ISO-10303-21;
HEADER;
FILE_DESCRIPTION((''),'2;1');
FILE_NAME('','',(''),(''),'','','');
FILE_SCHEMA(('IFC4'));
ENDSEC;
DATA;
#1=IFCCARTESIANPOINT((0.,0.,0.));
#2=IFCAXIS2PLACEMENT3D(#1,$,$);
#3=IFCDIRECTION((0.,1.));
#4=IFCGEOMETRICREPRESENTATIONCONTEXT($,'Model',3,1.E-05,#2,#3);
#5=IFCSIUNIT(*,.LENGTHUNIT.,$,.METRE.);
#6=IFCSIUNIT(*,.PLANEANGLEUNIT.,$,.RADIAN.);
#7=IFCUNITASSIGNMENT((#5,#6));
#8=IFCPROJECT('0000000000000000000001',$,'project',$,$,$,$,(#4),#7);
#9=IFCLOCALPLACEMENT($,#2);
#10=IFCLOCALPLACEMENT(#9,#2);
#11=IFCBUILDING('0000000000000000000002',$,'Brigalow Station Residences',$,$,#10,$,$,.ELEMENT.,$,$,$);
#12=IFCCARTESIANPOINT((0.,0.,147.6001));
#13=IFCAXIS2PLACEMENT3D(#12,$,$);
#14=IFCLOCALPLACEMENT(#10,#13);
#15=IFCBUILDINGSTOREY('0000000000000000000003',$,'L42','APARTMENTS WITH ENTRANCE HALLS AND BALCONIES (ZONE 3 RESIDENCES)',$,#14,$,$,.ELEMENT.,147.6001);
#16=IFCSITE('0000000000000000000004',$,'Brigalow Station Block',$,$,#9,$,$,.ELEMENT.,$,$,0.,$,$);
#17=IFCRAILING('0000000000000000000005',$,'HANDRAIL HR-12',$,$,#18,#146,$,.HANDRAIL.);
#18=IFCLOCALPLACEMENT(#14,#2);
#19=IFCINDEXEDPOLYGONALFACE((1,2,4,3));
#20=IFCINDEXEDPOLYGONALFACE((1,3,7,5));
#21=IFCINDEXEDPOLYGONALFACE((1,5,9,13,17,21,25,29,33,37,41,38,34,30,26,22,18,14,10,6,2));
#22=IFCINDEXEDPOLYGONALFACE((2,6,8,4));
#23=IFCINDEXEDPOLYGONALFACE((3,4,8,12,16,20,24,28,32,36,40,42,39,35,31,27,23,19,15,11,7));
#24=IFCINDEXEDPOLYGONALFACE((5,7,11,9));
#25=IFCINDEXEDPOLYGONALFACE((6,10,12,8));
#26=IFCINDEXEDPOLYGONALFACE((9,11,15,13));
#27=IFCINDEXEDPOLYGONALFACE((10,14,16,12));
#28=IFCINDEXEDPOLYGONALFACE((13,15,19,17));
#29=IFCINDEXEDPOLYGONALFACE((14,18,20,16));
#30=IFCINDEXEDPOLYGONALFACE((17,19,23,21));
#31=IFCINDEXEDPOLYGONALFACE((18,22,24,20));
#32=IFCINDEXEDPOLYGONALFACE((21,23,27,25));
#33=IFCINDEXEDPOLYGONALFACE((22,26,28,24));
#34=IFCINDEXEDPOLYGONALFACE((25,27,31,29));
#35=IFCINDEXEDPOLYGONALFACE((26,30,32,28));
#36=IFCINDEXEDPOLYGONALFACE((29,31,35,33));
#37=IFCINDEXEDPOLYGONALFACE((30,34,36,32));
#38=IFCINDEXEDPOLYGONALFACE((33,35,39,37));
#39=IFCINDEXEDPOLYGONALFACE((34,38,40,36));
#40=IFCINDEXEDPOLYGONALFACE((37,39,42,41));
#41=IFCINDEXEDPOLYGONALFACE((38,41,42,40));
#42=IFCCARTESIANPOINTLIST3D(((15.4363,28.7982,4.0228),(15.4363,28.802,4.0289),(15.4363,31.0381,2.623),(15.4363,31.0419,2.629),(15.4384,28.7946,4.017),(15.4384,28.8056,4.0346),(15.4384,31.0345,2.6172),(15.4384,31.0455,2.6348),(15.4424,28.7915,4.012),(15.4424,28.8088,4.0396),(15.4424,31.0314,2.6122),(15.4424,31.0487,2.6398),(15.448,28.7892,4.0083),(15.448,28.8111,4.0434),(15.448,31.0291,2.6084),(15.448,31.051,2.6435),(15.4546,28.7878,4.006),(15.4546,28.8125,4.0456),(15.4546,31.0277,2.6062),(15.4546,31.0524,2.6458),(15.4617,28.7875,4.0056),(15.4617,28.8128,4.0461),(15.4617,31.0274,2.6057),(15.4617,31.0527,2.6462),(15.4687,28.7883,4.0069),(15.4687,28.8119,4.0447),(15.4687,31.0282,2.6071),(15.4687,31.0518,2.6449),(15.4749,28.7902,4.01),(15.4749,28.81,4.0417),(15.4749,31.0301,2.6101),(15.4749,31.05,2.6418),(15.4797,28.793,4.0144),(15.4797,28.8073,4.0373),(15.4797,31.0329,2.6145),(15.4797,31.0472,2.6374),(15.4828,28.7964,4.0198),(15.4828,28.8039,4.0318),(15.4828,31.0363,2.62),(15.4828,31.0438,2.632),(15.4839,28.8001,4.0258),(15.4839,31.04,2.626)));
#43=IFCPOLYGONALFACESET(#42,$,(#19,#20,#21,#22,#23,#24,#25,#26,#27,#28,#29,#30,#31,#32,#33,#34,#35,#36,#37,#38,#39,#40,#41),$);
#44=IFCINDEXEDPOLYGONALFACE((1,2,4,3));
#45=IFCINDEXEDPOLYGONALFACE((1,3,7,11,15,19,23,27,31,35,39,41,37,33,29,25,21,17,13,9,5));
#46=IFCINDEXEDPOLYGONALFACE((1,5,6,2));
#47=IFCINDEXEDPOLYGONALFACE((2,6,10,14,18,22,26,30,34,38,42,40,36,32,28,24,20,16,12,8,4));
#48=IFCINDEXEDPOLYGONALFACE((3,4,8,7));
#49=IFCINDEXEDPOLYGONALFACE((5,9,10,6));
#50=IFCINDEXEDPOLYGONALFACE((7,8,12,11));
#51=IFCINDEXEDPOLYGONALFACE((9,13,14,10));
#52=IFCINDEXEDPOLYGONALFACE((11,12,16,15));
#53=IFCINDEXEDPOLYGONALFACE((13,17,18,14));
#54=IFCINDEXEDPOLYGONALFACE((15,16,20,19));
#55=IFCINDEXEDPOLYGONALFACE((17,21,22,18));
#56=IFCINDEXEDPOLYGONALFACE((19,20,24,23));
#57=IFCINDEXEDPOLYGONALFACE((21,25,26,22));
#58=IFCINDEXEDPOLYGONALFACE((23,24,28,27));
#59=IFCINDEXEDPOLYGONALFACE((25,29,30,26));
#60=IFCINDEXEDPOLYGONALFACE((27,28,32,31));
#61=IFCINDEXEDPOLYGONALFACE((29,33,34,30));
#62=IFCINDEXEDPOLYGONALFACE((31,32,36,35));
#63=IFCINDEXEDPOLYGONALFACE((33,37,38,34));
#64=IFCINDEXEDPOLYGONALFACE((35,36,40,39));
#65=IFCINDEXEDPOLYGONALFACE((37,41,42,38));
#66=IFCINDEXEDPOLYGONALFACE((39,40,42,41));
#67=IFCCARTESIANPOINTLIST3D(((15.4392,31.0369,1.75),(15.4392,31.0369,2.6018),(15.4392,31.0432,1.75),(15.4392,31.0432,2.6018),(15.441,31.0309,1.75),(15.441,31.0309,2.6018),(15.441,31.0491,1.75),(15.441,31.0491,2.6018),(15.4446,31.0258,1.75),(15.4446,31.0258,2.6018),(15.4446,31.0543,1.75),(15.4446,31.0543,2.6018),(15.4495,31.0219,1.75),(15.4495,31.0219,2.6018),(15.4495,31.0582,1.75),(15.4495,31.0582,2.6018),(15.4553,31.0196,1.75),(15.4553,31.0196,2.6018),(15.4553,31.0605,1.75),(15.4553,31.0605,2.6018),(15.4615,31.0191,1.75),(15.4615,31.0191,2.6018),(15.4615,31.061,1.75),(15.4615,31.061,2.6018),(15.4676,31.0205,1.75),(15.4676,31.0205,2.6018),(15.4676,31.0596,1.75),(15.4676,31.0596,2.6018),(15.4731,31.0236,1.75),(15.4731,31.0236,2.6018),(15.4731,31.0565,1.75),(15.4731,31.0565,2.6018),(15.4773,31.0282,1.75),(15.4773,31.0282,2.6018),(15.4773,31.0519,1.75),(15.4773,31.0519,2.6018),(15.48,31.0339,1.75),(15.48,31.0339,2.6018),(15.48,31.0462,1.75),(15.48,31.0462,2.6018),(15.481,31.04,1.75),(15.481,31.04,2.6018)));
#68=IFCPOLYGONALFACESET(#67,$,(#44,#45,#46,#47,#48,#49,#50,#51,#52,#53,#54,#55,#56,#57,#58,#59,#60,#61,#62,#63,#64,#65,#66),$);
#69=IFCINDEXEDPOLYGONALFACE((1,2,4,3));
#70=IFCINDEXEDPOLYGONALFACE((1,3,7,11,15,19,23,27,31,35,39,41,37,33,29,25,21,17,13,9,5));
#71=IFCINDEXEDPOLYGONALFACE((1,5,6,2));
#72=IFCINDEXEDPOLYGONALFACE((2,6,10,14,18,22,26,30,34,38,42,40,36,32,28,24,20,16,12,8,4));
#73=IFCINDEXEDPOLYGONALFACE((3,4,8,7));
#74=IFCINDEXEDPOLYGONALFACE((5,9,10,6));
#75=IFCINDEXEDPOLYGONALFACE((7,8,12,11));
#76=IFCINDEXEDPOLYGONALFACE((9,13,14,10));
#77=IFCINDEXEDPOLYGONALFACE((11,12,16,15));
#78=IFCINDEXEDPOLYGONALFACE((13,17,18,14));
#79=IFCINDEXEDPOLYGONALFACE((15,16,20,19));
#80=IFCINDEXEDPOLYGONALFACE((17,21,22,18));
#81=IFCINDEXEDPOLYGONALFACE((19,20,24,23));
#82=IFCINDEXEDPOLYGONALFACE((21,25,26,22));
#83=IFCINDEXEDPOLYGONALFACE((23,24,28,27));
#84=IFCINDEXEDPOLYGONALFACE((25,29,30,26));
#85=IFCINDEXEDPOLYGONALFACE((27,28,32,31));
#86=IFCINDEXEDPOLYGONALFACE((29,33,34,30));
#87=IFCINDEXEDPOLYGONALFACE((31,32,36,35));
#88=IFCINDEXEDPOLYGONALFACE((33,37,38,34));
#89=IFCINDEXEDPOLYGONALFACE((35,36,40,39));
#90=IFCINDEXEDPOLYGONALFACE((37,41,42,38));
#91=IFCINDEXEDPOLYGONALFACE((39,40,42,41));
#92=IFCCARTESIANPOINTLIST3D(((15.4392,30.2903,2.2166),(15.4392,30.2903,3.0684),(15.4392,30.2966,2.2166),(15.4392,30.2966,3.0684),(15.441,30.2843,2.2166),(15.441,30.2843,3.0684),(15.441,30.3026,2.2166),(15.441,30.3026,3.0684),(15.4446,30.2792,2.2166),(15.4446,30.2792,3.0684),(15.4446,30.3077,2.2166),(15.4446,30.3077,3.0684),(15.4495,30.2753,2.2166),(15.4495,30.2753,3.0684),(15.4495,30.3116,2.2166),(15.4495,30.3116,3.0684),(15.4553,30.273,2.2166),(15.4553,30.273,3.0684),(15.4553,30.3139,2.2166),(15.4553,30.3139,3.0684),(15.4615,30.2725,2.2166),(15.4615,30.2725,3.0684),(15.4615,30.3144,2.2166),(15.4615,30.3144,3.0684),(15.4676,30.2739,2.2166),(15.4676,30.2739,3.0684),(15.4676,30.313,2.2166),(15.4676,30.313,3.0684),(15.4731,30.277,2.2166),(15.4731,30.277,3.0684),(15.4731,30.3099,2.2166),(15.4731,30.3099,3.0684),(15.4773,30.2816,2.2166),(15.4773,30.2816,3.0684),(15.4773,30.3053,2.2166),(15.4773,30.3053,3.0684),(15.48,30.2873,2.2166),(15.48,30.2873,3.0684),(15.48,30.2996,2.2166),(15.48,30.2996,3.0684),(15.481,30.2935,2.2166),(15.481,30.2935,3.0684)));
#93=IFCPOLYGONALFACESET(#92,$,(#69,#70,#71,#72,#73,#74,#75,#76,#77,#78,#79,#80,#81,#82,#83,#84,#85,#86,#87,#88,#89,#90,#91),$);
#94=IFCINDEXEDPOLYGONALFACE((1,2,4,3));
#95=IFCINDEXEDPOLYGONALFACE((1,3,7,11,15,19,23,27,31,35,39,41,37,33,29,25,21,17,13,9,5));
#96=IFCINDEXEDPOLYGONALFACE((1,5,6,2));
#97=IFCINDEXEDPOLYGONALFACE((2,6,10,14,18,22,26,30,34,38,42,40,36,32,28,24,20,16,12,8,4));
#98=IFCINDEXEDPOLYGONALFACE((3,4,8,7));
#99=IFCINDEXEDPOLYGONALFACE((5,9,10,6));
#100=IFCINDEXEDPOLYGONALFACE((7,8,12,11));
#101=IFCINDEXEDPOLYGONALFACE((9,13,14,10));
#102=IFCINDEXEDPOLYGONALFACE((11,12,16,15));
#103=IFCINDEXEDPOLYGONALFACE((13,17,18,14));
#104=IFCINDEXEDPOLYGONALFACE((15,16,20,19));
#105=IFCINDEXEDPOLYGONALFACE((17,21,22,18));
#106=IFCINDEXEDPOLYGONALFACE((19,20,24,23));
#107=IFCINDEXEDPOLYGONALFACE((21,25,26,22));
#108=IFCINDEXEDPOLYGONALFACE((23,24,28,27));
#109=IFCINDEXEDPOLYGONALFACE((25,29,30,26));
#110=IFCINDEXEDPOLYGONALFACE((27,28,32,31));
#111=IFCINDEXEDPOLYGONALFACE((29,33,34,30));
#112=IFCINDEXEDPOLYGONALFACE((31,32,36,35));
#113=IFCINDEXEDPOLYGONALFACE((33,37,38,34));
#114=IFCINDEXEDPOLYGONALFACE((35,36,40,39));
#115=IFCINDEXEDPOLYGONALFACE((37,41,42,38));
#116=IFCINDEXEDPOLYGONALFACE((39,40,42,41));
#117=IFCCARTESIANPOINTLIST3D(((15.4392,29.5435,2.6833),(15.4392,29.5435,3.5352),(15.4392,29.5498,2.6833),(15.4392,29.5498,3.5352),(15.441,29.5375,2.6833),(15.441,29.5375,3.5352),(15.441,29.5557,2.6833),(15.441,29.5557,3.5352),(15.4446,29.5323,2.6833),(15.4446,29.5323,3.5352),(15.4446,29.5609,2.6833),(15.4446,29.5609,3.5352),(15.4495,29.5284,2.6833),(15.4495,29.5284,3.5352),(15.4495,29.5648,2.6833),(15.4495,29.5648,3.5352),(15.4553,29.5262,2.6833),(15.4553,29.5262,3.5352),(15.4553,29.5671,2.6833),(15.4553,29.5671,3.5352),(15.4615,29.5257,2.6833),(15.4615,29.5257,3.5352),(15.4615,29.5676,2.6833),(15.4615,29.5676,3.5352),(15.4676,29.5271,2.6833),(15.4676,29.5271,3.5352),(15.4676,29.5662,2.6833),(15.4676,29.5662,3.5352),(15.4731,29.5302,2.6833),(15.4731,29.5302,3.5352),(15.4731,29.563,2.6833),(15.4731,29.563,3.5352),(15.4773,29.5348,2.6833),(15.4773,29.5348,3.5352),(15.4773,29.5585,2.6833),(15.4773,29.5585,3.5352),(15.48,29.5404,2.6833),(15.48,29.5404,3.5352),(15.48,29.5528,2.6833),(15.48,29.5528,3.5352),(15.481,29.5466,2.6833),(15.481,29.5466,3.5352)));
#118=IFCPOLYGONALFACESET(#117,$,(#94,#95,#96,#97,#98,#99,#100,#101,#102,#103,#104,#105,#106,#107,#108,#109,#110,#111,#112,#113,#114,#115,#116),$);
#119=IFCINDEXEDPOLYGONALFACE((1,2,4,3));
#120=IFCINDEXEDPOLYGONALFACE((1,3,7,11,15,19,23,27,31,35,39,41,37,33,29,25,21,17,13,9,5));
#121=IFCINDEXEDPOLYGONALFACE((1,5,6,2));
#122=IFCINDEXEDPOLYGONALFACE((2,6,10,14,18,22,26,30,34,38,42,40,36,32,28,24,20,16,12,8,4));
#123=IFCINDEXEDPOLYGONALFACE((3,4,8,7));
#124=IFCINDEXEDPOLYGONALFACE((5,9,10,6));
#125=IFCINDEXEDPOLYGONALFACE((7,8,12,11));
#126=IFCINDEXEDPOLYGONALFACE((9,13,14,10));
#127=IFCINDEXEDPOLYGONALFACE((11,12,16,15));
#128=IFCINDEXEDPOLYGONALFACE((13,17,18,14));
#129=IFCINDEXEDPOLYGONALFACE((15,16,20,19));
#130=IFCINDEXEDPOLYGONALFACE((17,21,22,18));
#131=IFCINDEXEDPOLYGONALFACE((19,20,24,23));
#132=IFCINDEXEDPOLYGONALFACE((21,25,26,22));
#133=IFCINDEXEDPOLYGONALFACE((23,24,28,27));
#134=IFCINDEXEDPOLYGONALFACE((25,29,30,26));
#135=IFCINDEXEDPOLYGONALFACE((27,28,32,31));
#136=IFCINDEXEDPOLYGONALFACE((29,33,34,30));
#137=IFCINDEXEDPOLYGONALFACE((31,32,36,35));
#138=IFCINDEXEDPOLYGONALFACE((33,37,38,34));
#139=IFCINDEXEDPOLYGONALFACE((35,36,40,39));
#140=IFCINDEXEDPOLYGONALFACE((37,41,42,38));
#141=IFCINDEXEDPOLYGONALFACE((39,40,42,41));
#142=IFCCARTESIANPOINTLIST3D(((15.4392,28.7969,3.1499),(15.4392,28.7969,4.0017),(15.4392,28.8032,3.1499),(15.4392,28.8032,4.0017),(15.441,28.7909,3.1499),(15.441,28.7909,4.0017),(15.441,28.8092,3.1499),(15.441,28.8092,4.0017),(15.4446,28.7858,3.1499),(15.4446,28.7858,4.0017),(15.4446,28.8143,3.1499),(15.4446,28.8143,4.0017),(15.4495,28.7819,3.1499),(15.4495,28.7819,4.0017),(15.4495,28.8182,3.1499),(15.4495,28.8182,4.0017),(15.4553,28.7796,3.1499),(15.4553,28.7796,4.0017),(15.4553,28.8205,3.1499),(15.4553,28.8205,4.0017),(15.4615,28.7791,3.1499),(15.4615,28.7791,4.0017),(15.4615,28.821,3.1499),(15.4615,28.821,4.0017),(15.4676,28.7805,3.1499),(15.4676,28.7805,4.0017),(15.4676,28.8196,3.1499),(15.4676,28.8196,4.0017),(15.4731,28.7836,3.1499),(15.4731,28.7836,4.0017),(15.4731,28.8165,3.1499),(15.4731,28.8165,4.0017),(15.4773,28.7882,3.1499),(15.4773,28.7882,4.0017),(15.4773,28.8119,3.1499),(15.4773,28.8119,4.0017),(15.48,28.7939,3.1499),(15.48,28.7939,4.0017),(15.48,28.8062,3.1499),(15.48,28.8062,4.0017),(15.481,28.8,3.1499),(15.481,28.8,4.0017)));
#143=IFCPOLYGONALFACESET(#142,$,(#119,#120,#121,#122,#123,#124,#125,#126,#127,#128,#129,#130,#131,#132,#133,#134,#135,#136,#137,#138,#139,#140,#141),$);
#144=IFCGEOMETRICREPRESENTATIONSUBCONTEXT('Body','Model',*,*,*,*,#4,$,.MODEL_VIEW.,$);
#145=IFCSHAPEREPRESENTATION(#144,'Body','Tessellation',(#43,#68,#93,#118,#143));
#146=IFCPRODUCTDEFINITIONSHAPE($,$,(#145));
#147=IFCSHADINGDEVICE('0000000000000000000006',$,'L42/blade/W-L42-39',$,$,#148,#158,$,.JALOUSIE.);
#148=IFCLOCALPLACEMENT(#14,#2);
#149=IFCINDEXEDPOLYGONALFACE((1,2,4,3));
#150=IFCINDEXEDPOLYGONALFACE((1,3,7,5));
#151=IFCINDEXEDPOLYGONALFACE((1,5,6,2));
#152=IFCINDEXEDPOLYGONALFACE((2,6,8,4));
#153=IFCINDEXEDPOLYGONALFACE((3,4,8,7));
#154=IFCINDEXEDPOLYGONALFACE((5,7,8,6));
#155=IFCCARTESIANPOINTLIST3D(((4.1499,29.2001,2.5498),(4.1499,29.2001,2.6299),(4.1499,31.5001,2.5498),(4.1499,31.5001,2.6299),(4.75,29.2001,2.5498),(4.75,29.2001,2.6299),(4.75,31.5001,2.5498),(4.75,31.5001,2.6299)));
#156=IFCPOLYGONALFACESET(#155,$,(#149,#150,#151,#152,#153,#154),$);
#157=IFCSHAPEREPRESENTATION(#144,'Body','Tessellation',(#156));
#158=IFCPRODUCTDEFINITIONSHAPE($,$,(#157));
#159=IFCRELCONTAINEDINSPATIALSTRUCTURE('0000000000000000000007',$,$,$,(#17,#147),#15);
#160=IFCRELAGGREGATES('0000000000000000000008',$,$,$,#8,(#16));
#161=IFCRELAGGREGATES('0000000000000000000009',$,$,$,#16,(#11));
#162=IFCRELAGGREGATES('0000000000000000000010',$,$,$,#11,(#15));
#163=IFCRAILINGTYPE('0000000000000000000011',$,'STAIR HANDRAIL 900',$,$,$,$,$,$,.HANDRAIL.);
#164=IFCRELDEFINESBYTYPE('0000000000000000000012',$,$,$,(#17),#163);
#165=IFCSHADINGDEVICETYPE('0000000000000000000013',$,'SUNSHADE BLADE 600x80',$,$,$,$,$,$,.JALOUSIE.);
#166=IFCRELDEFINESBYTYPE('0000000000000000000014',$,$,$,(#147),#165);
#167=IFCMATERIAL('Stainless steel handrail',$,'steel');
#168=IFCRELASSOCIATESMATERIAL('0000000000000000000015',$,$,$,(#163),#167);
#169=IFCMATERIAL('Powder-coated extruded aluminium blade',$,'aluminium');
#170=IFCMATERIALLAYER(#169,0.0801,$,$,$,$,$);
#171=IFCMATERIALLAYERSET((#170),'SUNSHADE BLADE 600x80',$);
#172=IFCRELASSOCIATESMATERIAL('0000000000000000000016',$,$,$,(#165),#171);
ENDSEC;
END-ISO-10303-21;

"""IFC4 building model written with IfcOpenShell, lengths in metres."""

from ifc_helpers import new_model, si_unit, direction, frame, origin, origin_2d, place, context, subcontext, project, spatial, rectangle, circle, extrude, material, layer, layer_set, type_object, element, save


model = new_model("IFC4")

# Units and contexts
model_context = context("Model", 3, precision=1e-05, world=origin(), true_north=direction((0.0, 1.0)))
body_context = subcontext(model_context, "Body", "Model", "MODEL_VIEW")
ifc_project = project(units=[si_unit("LENGTHUNIT", "METRE"), si_unit("PLANEANGLEUNIT", "RADIAN")], contexts=[model_context])

# Site, building, storey
site_placement = place(None, origin())
site = spatial("IfcSite", under=ifc_project, at=site_placement, Name="Brigalow Station Block", CompositionType="ELEMENT", RefElevation=0.0)
building_placement = place(site_placement, origin())
building = spatial("IfcBuilding", under=site, at=building_placement, Name="Brigalow Station Residences", CompositionType="ELEMENT")
storey_placement = place(building_placement, frame((0.0, 0.0, 147.6001)))
storey = spatial("IfcBuildingStorey", under=building, at=storey_placement, Name="L42", Description="APARTMENTS WITH ENTRANCE HALLS AND BALCONIES (ZONE 3 RESIDENCES)", CompositionType="ELEMENT", Elevation=147.6001)

# Railing
ifc_material_1 = material(Name="Stainless steel handrail", Category="steel")
railing_type_1 = type_object("IfcRailingType", Name="STAIR HANDRAIL 900", PredefinedType="HANDRAIL", material=ifc_material_1)
railing_1_placement = place(storey_placement, frame((15.46, 31.04, 1.75)))
element("IfcRailing", 1, at=railing_1_placement, inside=storey, type_object=railing_type_1, Name="HANDRAIL HR-12", PredefinedType="HANDRAIL", context=body_context, shape_type="SweptSolid", body=[
    extrude(circle(Radius=0.0239, at=origin_2d()), frame((0.0, 0.0, 0.876), z_axis=(0.0, -0.848014, 0.529974), x_axis=(1.0, 0.0, 0.0)), (0.0, 0.0, 1.0), 2.6414),
    extrude(circle(Radius=0.021, at=origin_2d()), origin(), (0.0, 0.0, 1.0), 0.8518),
    extrude(circle(Radius=0.021, at=origin_2d()), frame((0.0, -0.7466, 0.4666)), (0.0, 0.0, 1.0), 0.8518),
    extrude(circle(Radius=0.021, at=origin_2d()), frame((0.0, -1.4934, 0.9333)), (0.0, 0.0, 1.0), 0.8518),
    extrude(circle(Radius=0.021, at=origin_2d()), frame((0.0, -2.24, 1.3999)), (0.0, 0.0, 1.0), 0.8518),
])

# Shading device
ifc_material_2 = material(Name="Powder-coated extruded aluminium blade", Category="aluminium")
ifc_layer_1 = layer(ifc_material_2, 0.0801)
ifc_layer_set_1 = layer_set([ifc_layer_1], Name="SUNSHADE BLADE 600x80")
shading_device_type = type_object("IfcShadingDeviceType", Name="SUNSHADE BLADE 600x80", PredefinedType="JALOUSIE", material=ifc_layer_set_1)
shading_device_placement = place(storey_placement, frame((4.45, 30.3501, 2.5498), z_axis=(0.0, 0.0, 1.0), x_axis=(0.0, -1.0, 0.0)))
element("IfcShadingDevice", 2, at=shading_device_placement, inside=storey, type_object=shading_device_type, Name="L42/blade/W-L42-39", PredefinedType="JALOUSIE", context=body_context, shape_type="SweptSolid", body=[
    extrude(rectangle(XDim=2.3, YDim=0.6001, at=origin_2d()), origin(), (0.0, 0.0, 1.0), 0.0801),
])

save(model, "model.ifc")
